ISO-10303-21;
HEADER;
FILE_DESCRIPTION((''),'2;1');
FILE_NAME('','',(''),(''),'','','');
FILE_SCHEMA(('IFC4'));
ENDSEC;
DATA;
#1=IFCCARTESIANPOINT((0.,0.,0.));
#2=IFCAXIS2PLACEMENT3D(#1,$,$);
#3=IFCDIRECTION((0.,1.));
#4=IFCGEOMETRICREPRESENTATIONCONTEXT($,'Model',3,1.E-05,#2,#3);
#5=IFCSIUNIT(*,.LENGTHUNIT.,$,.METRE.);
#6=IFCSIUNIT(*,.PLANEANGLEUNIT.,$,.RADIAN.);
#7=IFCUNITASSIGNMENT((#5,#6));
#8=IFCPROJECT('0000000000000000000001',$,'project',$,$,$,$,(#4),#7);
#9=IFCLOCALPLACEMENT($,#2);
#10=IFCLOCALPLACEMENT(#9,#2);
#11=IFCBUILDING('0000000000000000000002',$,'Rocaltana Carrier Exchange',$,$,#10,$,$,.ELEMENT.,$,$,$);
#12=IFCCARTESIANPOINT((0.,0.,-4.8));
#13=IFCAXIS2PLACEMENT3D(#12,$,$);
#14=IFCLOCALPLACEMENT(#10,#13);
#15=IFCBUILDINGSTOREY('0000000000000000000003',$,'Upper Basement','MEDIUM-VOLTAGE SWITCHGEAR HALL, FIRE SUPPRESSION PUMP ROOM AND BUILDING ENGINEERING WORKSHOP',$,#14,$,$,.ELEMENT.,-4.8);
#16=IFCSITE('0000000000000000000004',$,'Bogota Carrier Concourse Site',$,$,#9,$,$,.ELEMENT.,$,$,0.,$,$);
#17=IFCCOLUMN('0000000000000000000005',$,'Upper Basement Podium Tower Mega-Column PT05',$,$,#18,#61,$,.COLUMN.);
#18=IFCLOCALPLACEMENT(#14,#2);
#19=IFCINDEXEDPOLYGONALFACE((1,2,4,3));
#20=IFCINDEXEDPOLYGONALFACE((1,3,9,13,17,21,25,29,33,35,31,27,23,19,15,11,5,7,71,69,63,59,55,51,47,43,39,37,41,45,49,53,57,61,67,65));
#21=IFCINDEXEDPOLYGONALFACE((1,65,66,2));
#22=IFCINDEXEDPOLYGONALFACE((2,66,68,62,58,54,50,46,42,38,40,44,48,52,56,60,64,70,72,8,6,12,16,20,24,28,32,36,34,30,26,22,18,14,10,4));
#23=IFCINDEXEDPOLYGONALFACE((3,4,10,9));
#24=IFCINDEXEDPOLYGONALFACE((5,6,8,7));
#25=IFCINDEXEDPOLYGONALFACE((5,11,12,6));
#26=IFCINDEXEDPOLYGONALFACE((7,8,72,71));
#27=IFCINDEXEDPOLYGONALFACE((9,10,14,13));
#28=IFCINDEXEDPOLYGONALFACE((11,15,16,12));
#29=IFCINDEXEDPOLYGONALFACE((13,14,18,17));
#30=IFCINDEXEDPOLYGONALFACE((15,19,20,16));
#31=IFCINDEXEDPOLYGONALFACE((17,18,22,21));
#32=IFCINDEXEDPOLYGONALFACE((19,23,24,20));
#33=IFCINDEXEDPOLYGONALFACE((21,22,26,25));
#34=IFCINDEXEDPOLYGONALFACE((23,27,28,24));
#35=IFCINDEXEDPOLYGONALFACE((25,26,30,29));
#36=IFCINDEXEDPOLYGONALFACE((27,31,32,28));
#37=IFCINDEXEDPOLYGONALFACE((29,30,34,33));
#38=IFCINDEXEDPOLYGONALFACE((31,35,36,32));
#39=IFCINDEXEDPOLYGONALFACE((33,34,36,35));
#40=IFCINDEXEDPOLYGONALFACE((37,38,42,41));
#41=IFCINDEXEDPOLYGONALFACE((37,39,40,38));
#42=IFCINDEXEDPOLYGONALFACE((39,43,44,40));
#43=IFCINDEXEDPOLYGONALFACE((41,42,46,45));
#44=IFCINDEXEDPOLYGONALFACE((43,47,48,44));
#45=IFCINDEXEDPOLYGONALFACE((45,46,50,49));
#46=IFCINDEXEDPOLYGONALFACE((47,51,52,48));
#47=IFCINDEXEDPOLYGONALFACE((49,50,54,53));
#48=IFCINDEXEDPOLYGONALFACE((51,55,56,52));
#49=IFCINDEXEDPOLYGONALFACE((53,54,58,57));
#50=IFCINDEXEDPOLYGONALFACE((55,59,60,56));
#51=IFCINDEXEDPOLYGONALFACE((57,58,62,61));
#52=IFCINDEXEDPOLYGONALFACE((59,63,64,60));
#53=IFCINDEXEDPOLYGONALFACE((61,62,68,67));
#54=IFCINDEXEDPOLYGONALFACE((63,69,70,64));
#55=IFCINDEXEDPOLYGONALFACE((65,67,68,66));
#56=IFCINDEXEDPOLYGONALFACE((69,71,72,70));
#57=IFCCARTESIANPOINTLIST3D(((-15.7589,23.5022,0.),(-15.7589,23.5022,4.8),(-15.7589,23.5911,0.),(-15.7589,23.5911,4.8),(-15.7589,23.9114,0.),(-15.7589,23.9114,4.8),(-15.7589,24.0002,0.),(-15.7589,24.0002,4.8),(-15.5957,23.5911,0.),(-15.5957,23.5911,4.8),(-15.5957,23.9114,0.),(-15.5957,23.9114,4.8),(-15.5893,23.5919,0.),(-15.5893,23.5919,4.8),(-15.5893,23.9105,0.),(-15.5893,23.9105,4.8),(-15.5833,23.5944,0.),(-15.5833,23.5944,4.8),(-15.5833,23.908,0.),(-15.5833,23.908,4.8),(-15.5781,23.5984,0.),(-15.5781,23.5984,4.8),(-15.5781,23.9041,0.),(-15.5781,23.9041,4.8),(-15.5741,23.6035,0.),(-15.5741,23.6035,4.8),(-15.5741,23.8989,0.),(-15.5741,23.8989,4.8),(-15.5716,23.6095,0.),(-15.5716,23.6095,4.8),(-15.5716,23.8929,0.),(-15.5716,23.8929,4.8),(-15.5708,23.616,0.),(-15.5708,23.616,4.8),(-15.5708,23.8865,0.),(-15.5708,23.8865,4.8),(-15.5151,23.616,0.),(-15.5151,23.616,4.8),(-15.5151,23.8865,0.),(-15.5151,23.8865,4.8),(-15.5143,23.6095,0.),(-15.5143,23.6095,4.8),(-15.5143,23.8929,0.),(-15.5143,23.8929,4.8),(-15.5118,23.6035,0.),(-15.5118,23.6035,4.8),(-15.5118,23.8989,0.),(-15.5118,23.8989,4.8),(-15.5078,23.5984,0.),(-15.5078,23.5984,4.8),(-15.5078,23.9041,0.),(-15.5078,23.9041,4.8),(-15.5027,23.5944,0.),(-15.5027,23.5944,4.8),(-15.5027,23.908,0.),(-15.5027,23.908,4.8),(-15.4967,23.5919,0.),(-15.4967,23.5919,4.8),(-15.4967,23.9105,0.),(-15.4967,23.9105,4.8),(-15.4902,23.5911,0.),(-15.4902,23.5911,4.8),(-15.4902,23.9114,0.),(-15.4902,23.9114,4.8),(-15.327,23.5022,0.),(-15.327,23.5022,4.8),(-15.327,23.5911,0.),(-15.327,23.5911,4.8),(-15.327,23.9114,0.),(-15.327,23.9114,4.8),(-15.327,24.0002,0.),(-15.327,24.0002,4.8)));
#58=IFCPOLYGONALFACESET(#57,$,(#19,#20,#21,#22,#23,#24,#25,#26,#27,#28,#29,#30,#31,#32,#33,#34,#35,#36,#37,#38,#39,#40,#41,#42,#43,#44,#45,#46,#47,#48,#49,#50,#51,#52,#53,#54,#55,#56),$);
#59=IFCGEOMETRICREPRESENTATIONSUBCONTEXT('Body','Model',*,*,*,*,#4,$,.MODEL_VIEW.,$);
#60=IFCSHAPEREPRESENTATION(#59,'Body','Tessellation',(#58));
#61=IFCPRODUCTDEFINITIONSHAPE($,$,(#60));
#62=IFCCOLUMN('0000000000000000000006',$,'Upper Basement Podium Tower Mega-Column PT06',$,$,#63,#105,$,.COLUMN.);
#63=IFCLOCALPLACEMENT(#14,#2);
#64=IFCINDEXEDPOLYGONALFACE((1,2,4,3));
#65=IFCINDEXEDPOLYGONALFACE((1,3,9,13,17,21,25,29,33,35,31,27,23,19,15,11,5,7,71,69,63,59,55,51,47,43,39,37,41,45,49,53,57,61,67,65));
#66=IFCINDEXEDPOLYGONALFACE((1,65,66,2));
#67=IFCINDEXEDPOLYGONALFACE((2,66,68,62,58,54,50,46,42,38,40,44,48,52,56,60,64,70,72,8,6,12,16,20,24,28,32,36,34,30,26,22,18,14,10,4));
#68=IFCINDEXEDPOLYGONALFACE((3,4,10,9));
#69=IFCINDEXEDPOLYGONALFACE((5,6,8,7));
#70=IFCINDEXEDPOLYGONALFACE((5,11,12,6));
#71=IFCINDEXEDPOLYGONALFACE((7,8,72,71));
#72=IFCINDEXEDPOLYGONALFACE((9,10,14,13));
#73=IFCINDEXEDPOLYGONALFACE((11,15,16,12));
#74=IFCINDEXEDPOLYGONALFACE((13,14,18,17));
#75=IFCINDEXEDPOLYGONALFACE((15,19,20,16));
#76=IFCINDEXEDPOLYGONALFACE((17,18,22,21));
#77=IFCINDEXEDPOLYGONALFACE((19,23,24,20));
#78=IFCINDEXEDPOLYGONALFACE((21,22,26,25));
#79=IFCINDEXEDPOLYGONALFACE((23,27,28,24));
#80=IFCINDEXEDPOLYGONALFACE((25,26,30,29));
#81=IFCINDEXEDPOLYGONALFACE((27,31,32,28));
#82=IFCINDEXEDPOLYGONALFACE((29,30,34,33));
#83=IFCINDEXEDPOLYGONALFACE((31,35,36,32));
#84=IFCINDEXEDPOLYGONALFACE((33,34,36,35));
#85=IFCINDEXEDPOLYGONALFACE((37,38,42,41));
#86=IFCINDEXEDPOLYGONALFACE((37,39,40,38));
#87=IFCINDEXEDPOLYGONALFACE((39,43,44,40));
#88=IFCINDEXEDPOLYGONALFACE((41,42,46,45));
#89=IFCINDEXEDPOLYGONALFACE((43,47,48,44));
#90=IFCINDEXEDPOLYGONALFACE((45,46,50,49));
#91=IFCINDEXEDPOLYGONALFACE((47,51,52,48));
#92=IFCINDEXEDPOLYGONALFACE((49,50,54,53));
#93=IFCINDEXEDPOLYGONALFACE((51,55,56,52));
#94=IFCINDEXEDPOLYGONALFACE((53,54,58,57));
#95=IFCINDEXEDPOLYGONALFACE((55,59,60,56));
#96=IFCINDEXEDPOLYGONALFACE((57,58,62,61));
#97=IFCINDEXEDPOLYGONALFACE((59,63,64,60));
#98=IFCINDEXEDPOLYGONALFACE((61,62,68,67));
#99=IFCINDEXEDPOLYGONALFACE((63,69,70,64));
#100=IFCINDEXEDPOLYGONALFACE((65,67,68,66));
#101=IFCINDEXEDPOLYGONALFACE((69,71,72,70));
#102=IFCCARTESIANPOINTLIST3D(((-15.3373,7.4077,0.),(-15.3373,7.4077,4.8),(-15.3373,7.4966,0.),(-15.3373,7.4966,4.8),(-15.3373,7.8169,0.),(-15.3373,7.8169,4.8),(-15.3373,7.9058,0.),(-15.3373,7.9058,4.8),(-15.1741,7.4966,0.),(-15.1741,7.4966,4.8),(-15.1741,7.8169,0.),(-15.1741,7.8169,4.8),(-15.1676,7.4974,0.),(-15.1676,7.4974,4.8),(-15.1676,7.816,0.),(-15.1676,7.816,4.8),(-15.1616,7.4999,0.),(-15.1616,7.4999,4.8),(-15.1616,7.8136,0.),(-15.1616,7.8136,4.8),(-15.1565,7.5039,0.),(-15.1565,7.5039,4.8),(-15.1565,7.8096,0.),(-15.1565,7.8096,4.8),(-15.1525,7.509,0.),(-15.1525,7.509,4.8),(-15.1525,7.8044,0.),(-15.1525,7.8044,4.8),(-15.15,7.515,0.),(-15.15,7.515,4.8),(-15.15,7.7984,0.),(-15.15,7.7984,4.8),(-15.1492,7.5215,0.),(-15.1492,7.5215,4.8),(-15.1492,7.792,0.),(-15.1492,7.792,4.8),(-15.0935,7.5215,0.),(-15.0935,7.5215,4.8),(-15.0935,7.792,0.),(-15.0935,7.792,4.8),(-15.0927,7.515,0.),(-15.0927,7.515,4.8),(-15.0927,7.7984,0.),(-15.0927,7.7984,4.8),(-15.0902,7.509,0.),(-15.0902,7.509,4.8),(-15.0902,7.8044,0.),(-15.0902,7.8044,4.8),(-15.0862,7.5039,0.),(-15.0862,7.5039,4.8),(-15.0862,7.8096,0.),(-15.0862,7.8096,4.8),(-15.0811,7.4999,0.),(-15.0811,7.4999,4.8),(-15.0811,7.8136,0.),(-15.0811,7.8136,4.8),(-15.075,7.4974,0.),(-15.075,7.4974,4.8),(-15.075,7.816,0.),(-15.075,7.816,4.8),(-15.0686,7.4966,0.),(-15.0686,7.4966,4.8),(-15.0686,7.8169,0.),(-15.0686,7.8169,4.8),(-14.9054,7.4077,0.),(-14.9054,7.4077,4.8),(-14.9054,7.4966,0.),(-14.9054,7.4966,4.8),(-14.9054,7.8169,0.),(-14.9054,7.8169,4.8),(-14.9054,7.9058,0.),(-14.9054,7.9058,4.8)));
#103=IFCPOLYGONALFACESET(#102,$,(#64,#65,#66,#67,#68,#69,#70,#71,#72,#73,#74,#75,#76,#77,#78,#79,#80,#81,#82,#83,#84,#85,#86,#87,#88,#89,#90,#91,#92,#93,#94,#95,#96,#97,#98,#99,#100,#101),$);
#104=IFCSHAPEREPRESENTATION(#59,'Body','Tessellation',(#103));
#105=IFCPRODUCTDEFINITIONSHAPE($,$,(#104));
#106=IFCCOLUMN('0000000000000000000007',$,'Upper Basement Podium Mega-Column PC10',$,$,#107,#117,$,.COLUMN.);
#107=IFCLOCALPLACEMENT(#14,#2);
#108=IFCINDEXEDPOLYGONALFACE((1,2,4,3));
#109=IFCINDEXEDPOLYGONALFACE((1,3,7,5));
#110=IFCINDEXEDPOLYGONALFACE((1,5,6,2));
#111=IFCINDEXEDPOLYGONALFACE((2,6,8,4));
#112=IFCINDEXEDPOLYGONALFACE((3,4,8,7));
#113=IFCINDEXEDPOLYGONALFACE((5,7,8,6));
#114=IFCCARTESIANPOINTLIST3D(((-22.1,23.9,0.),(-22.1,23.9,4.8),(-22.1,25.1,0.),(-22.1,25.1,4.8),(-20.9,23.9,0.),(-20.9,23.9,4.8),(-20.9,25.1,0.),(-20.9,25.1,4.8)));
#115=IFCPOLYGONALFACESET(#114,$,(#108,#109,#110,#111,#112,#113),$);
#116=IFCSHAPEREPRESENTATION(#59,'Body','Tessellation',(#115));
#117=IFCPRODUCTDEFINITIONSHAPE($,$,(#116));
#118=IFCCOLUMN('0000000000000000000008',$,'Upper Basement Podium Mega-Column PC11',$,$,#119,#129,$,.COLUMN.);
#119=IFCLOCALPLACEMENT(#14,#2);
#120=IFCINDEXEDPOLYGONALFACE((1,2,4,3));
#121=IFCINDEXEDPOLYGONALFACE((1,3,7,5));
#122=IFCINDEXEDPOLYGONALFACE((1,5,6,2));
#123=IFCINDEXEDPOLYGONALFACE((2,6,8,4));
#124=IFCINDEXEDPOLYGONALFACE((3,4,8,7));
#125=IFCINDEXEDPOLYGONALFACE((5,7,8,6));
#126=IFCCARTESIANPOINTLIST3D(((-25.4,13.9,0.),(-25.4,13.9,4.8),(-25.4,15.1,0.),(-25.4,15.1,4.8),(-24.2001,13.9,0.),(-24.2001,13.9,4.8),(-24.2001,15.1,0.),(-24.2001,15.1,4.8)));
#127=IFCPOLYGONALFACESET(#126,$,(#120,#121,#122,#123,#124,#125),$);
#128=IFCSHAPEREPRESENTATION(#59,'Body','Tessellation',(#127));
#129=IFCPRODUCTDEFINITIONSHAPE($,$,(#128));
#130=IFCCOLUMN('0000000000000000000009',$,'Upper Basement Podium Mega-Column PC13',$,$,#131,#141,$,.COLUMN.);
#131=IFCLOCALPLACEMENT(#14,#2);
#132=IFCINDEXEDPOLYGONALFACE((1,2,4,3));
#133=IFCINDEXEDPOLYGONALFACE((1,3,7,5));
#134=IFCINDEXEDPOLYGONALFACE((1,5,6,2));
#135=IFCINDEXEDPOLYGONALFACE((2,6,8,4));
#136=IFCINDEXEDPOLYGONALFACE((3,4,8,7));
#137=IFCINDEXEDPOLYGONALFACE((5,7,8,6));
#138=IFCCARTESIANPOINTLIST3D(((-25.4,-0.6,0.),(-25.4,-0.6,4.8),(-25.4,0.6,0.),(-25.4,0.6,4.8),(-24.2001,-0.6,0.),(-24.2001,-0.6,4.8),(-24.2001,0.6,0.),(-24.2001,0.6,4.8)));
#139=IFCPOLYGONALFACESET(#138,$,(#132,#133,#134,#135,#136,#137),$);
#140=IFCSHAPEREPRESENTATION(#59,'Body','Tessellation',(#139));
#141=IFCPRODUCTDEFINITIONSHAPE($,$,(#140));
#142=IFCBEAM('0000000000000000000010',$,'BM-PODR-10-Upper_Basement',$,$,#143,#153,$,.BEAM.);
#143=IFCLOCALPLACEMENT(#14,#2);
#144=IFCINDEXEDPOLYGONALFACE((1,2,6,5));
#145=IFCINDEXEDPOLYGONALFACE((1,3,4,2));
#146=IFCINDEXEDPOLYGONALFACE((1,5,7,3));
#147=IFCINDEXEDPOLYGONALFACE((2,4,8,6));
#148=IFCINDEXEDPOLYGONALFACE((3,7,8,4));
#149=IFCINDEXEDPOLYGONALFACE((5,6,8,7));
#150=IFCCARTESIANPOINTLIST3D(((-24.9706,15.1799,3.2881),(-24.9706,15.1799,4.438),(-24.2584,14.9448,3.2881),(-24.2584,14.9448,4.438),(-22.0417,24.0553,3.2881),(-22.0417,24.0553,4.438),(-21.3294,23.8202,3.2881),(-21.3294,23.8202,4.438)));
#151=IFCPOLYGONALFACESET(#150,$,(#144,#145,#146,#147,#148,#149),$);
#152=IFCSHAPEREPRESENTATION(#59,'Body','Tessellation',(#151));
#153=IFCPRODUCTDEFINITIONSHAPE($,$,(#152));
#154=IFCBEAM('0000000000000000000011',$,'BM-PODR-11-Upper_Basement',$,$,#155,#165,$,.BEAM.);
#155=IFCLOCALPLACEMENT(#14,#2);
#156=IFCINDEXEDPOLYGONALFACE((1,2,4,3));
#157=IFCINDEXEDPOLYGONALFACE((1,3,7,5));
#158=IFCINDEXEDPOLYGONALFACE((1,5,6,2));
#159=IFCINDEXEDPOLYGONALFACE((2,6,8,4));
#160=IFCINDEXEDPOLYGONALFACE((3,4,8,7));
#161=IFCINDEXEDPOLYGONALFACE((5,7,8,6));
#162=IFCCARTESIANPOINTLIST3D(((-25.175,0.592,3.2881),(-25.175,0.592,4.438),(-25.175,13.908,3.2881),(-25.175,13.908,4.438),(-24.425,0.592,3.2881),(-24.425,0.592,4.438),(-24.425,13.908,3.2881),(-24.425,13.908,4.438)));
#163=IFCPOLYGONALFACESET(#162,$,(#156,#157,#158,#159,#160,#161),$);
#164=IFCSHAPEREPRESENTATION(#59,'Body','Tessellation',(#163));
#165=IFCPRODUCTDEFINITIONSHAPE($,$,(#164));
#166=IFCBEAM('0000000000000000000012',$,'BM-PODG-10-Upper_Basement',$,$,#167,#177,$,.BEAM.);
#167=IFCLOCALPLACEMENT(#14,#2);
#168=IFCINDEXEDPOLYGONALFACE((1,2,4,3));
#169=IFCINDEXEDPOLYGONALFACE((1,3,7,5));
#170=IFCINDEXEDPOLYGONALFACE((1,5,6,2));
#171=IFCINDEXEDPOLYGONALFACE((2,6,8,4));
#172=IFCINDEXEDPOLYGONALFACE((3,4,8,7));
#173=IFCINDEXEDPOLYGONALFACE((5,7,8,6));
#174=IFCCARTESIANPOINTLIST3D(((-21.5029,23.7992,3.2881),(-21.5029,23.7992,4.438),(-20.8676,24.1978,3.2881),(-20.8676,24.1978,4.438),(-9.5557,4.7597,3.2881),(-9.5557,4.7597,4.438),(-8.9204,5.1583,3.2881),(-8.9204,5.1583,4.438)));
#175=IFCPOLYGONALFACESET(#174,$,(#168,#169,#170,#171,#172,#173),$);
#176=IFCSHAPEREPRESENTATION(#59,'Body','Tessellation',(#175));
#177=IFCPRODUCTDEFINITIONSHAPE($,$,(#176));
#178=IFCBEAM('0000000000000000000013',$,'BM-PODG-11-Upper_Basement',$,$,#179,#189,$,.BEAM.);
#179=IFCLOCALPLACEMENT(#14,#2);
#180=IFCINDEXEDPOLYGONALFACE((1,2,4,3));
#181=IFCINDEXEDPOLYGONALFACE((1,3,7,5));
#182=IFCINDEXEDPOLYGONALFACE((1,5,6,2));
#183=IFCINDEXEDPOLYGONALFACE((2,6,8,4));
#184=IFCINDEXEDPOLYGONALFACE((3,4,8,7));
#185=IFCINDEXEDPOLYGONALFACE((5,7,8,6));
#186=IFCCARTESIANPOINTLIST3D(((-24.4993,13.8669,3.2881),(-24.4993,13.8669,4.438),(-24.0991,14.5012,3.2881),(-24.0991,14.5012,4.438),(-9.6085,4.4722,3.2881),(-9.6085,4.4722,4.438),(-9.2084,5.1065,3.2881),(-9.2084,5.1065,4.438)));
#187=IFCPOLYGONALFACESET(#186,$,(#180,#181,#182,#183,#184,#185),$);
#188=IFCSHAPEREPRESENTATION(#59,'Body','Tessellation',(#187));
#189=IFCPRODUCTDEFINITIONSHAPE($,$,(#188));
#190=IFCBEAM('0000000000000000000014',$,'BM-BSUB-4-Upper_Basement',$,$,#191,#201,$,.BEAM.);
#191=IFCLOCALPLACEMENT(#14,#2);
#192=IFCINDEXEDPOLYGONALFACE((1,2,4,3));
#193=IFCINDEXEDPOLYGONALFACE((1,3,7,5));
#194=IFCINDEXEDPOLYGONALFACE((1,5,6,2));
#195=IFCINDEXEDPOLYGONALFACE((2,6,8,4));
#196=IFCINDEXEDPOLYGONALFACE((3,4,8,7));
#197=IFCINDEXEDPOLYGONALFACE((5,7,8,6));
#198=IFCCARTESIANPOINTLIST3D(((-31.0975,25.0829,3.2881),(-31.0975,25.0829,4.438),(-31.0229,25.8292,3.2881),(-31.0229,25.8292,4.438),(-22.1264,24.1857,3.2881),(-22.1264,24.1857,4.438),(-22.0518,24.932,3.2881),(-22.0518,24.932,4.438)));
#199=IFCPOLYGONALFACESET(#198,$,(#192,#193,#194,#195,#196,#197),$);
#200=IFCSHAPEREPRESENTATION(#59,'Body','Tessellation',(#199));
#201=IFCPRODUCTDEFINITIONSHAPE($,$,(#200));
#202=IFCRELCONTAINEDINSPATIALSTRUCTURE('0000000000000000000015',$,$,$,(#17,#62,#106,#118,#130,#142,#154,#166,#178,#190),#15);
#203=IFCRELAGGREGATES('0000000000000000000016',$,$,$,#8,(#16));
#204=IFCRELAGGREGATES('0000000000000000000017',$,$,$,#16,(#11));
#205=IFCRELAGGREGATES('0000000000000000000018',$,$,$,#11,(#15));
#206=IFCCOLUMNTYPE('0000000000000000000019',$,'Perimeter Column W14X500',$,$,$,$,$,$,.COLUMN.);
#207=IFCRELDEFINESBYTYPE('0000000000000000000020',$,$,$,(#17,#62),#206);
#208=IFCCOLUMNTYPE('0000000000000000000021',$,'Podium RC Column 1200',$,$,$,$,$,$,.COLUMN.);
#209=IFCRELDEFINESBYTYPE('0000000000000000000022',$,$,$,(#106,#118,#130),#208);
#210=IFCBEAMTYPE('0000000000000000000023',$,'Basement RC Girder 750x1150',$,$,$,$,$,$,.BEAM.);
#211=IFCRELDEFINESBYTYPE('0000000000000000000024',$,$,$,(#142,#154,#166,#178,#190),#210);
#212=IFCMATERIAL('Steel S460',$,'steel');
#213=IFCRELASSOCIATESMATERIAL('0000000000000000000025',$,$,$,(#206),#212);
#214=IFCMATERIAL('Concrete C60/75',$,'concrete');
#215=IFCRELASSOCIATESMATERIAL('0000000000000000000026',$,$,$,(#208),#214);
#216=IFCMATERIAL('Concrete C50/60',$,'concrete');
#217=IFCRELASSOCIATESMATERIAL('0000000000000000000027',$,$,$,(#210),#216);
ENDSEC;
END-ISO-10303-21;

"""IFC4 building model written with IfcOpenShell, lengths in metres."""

from ifc_helpers import new_model, si_unit, direction, frame, origin, origin_2d, place, context, subcontext, project, spatial, rectangle, i_section, extrude, material, material_profile, profile_set, type_object, element, save


model = new_model("IFC4")

# Units and contexts
model_context = context("Model", 3, precision=1e-05, world=origin(), true_north=direction((0.0, 1.0)))
body_context = subcontext(model_context, "Body", "Model", "MODEL_VIEW")
ifc_project = project(units=[si_unit("LENGTHUNIT", "METRE"), si_unit("PLANEANGLEUNIT", "RADIAN")], contexts=[model_context])

# Site, building, storey
site_placement = place(None, origin())
site = spatial("IfcSite", under=ifc_project, at=site_placement, Name="Bogota Carrier Concourse Site", CompositionType="ELEMENT", RefElevation=0.0)
building_placement = place(site_placement, origin())
building = spatial("IfcBuilding", under=site, at=building_placement, Name="Rocaltana Carrier Exchange", CompositionType="ELEMENT")
storey_placement = place(building_placement, frame((0.0, 0.0, -4.8)))
storey = spatial("IfcBuildingStorey", under=building, at=storey_placement, Name="Upper Basement", Description="MEDIUM-VOLTAGE SWITCHGEAR HALL, FIRE SUPPRESSION PUMP ROOM AND BUILDING ENGINEERING WORKSHOP", CompositionType="ELEMENT", Elevation=-4.8)

# Columns
ifc_material_1 = material(Name="Steel S460", Category="steel")
ifc_material_profile_1 = material_profile(ifc_material_1, i_section(OverallWidth=0.4319, OverallDepth=0.498, WebThickness=0.0557, FlangeThickness=0.0889, FilletRadius=0.0249, at=origin_2d()), Name="W14X500")
ifc_profile_set_1 = profile_set([ifc_material_profile_1], Name="Steel S460")
column_type_1 = type_object("IfcColumnType", Name="Perimeter Column W14X500", PredefinedType="COLUMN", material=ifc_profile_set_1)
for number, where, z_axis, x_axis, name in (
    (1, (-15.543, 23.7512, 0.0), (0.0, 0.0, 1.0), (1.0, 0.0, 0.0), "Upper Basement Podium Tower Mega-Column PT05"),
    (2, (-15.1213, 7.6567, 0.0), (0.0, 0.0, 1.0), (1.0, 0.0, 0.0), "Upper Basement Podium Tower Mega-Column PT06"),
):
    element("IfcColumn", number, at=place(storey_placement, frame(where, z_axis=z_axis, x_axis=x_axis)), inside=storey, type_object=column_type_1, Name=name, PredefinedType="COLUMN", context=body_context, shape_type="SweptSolid", body=[
        extrude(i_section(OverallWidth=0.4319, OverallDepth=0.498, WebThickness=0.0557, FlangeThickness=0.0889, FilletRadius=0.0249, at=origin_2d()), origin(), (0.0, 0.0, 1.0), 4.8),
    ])
ifc_material_2 = material(Name="Concrete C60/75", Category="concrete")
ifc_material_profile_2 = material_profile(ifc_material_2, rectangle(XDim=1.2, YDim=1.2, at=origin_2d()), Name="RC-COL-1200X1200")
ifc_profile_set_2 = profile_set([ifc_material_profile_2], Name="Concrete C60/75")
column_type_2 = type_object("IfcColumnType", Name="Podium RC Column 1200", PredefinedType="COLUMN", material=ifc_profile_set_2)
for number, where, z_axis, x_axis, name in (
    (3, (-21.5, 24.5, 0.0), (0.0, 0.0, 1.0), (1.0, 0.0, 0.0), "Upper Basement Podium Mega-Column PC10"),
    (4, (-24.8, 14.5, 0.0), (0.0, 0.0, 1.0), (1.0, 0.0, 0.0), "Upper Basement Podium Mega-Column PC11"),
    (5, (-24.8, 0.0, 0.0), (0.0, 0.0, 1.0), (1.0, 0.0, 0.0), "Upper Basement Podium Mega-Column PC13"),
):
    element("IfcColumn", number, at=place(storey_placement, frame(where, z_axis=z_axis, x_axis=x_axis)), inside=storey, type_object=column_type_2, Name=name, PredefinedType="COLUMN", context=body_context, shape_type="SweptSolid", body=[
        extrude(rectangle(XDim=1.2, YDim=1.2, at=origin_2d()), origin(), (0.0, 0.0, 1.0), 4.8),
    ])

# Beams
ifc_material_3 = material(Name="Concrete C50/60", Category="concrete")
ifc_material_profile_3 = material_profile(ifc_material_3, rectangle(XDim=0.75, YDim=1.1499, at=origin_2d()), Name="RC-BM-750X1150")
ifc_profile_set_3 = profile_set([ifc_material_profile_3], Name="Concrete C50/60")
beam_type_1 = type_object("IfcBeamType", Name="Basement RC Girder 750x1150", PredefinedType="BEAM", material=ifc_profile_set_3)
beam_1_placement = place(storey_placement, frame((-21.6855, 23.9377, 3.863), z_axis=(-0.313382, -0.949627, 0.0), x_axis=(0.949627, -0.313382, 0.0)))
element("IfcBeam", 6, at=beam_1_placement, inside=storey, type_object=beam_type_1, Name="BM-PODR-10-Upper_Basement", PredefinedType="BEAM", context=body_context, shape_type="SweptSolid", body=[
    extrude(rectangle(XDim=0.75, YDim=1.1499, at=origin_2d()), origin(), (0.0, 0.0, 1.0), 9.3462),
])
beam_2_placement = place(storey_placement, frame((-24.8, 13.908, 3.863), z_axis=(0.0, -1.0, 0.0), x_axis=(1.0, 0.0, 0.0)))
element("IfcBeam", 7, at=beam_2_placement, inside=storey, type_object=beam_type_1, Name="BM-PODR-11-Upper_Basement", PredefinedType="BEAM", context=body_context, shape_type="SweptSolid", body=[
    extrude(rectangle(XDim=0.75, YDim=1.1499, at=origin_2d()), origin(), (0.0, 0.0, 1.0), 13.3159),
])
beam_3_placement = place(storey_placement, frame((-9.238, 4.959, 3.863), z_axis=(-0.531519, 0.847046, 0.0), x_axis=(-0.847046, -0.531519, 0.0)))
element("IfcBeam", 8, at=beam_3_placement, inside=storey, type_object=beam_type_1, Name="BM-PODG-10-Upper_Basement", PredefinedType="BEAM", context=body_context, shape_type="SweptSolid", body=[
    extrude(rectangle(XDim=0.75, YDim=1.1499, at=origin_2d()), origin(), (0.0, 0.0, 1.0), 22.4775),
])
beam_4_placement = place(storey_placement, frame((-9.4084, 4.7893, 3.863), z_axis=(-0.845745, 0.533588, 0.0), x_axis=(-0.533588, -0.845745, 0.0)))
element("IfcBeam", 9, at=beam_4_placement, inside=storey, type_object=beam_type_1, Name="BM-PODG-11-Upper_Basement", PredefinedType="BEAM", context=body_context, shape_type="SweptSolid", body=[
    extrude(rectangle(XDim=0.75, YDim=1.1499, at=origin_2d()), origin(), (0.0, 0.0, 1.0), 17.6067),
])
beam_5_placement = place(storey_placement, frame((-22.0891, 24.5588, 3.863), z_axis=(-0.995036, 0.099514, 0.0), x_axis=(-0.099514, -0.995036, 0.0)))
element("IfcBeam", 10, at=beam_5_placement, inside=storey, type_object=beam_type_1, Name="BM-BSUB-4-Upper_Basement", PredefinedType="BEAM", context=body_context, shape_type="SweptSolid", body=[
    extrude(rectangle(XDim=0.75, YDim=1.1499, at=origin_2d()), origin(), (0.0, 0.0, 1.0), 9.0159),
])

save(model, "model.ifc")
